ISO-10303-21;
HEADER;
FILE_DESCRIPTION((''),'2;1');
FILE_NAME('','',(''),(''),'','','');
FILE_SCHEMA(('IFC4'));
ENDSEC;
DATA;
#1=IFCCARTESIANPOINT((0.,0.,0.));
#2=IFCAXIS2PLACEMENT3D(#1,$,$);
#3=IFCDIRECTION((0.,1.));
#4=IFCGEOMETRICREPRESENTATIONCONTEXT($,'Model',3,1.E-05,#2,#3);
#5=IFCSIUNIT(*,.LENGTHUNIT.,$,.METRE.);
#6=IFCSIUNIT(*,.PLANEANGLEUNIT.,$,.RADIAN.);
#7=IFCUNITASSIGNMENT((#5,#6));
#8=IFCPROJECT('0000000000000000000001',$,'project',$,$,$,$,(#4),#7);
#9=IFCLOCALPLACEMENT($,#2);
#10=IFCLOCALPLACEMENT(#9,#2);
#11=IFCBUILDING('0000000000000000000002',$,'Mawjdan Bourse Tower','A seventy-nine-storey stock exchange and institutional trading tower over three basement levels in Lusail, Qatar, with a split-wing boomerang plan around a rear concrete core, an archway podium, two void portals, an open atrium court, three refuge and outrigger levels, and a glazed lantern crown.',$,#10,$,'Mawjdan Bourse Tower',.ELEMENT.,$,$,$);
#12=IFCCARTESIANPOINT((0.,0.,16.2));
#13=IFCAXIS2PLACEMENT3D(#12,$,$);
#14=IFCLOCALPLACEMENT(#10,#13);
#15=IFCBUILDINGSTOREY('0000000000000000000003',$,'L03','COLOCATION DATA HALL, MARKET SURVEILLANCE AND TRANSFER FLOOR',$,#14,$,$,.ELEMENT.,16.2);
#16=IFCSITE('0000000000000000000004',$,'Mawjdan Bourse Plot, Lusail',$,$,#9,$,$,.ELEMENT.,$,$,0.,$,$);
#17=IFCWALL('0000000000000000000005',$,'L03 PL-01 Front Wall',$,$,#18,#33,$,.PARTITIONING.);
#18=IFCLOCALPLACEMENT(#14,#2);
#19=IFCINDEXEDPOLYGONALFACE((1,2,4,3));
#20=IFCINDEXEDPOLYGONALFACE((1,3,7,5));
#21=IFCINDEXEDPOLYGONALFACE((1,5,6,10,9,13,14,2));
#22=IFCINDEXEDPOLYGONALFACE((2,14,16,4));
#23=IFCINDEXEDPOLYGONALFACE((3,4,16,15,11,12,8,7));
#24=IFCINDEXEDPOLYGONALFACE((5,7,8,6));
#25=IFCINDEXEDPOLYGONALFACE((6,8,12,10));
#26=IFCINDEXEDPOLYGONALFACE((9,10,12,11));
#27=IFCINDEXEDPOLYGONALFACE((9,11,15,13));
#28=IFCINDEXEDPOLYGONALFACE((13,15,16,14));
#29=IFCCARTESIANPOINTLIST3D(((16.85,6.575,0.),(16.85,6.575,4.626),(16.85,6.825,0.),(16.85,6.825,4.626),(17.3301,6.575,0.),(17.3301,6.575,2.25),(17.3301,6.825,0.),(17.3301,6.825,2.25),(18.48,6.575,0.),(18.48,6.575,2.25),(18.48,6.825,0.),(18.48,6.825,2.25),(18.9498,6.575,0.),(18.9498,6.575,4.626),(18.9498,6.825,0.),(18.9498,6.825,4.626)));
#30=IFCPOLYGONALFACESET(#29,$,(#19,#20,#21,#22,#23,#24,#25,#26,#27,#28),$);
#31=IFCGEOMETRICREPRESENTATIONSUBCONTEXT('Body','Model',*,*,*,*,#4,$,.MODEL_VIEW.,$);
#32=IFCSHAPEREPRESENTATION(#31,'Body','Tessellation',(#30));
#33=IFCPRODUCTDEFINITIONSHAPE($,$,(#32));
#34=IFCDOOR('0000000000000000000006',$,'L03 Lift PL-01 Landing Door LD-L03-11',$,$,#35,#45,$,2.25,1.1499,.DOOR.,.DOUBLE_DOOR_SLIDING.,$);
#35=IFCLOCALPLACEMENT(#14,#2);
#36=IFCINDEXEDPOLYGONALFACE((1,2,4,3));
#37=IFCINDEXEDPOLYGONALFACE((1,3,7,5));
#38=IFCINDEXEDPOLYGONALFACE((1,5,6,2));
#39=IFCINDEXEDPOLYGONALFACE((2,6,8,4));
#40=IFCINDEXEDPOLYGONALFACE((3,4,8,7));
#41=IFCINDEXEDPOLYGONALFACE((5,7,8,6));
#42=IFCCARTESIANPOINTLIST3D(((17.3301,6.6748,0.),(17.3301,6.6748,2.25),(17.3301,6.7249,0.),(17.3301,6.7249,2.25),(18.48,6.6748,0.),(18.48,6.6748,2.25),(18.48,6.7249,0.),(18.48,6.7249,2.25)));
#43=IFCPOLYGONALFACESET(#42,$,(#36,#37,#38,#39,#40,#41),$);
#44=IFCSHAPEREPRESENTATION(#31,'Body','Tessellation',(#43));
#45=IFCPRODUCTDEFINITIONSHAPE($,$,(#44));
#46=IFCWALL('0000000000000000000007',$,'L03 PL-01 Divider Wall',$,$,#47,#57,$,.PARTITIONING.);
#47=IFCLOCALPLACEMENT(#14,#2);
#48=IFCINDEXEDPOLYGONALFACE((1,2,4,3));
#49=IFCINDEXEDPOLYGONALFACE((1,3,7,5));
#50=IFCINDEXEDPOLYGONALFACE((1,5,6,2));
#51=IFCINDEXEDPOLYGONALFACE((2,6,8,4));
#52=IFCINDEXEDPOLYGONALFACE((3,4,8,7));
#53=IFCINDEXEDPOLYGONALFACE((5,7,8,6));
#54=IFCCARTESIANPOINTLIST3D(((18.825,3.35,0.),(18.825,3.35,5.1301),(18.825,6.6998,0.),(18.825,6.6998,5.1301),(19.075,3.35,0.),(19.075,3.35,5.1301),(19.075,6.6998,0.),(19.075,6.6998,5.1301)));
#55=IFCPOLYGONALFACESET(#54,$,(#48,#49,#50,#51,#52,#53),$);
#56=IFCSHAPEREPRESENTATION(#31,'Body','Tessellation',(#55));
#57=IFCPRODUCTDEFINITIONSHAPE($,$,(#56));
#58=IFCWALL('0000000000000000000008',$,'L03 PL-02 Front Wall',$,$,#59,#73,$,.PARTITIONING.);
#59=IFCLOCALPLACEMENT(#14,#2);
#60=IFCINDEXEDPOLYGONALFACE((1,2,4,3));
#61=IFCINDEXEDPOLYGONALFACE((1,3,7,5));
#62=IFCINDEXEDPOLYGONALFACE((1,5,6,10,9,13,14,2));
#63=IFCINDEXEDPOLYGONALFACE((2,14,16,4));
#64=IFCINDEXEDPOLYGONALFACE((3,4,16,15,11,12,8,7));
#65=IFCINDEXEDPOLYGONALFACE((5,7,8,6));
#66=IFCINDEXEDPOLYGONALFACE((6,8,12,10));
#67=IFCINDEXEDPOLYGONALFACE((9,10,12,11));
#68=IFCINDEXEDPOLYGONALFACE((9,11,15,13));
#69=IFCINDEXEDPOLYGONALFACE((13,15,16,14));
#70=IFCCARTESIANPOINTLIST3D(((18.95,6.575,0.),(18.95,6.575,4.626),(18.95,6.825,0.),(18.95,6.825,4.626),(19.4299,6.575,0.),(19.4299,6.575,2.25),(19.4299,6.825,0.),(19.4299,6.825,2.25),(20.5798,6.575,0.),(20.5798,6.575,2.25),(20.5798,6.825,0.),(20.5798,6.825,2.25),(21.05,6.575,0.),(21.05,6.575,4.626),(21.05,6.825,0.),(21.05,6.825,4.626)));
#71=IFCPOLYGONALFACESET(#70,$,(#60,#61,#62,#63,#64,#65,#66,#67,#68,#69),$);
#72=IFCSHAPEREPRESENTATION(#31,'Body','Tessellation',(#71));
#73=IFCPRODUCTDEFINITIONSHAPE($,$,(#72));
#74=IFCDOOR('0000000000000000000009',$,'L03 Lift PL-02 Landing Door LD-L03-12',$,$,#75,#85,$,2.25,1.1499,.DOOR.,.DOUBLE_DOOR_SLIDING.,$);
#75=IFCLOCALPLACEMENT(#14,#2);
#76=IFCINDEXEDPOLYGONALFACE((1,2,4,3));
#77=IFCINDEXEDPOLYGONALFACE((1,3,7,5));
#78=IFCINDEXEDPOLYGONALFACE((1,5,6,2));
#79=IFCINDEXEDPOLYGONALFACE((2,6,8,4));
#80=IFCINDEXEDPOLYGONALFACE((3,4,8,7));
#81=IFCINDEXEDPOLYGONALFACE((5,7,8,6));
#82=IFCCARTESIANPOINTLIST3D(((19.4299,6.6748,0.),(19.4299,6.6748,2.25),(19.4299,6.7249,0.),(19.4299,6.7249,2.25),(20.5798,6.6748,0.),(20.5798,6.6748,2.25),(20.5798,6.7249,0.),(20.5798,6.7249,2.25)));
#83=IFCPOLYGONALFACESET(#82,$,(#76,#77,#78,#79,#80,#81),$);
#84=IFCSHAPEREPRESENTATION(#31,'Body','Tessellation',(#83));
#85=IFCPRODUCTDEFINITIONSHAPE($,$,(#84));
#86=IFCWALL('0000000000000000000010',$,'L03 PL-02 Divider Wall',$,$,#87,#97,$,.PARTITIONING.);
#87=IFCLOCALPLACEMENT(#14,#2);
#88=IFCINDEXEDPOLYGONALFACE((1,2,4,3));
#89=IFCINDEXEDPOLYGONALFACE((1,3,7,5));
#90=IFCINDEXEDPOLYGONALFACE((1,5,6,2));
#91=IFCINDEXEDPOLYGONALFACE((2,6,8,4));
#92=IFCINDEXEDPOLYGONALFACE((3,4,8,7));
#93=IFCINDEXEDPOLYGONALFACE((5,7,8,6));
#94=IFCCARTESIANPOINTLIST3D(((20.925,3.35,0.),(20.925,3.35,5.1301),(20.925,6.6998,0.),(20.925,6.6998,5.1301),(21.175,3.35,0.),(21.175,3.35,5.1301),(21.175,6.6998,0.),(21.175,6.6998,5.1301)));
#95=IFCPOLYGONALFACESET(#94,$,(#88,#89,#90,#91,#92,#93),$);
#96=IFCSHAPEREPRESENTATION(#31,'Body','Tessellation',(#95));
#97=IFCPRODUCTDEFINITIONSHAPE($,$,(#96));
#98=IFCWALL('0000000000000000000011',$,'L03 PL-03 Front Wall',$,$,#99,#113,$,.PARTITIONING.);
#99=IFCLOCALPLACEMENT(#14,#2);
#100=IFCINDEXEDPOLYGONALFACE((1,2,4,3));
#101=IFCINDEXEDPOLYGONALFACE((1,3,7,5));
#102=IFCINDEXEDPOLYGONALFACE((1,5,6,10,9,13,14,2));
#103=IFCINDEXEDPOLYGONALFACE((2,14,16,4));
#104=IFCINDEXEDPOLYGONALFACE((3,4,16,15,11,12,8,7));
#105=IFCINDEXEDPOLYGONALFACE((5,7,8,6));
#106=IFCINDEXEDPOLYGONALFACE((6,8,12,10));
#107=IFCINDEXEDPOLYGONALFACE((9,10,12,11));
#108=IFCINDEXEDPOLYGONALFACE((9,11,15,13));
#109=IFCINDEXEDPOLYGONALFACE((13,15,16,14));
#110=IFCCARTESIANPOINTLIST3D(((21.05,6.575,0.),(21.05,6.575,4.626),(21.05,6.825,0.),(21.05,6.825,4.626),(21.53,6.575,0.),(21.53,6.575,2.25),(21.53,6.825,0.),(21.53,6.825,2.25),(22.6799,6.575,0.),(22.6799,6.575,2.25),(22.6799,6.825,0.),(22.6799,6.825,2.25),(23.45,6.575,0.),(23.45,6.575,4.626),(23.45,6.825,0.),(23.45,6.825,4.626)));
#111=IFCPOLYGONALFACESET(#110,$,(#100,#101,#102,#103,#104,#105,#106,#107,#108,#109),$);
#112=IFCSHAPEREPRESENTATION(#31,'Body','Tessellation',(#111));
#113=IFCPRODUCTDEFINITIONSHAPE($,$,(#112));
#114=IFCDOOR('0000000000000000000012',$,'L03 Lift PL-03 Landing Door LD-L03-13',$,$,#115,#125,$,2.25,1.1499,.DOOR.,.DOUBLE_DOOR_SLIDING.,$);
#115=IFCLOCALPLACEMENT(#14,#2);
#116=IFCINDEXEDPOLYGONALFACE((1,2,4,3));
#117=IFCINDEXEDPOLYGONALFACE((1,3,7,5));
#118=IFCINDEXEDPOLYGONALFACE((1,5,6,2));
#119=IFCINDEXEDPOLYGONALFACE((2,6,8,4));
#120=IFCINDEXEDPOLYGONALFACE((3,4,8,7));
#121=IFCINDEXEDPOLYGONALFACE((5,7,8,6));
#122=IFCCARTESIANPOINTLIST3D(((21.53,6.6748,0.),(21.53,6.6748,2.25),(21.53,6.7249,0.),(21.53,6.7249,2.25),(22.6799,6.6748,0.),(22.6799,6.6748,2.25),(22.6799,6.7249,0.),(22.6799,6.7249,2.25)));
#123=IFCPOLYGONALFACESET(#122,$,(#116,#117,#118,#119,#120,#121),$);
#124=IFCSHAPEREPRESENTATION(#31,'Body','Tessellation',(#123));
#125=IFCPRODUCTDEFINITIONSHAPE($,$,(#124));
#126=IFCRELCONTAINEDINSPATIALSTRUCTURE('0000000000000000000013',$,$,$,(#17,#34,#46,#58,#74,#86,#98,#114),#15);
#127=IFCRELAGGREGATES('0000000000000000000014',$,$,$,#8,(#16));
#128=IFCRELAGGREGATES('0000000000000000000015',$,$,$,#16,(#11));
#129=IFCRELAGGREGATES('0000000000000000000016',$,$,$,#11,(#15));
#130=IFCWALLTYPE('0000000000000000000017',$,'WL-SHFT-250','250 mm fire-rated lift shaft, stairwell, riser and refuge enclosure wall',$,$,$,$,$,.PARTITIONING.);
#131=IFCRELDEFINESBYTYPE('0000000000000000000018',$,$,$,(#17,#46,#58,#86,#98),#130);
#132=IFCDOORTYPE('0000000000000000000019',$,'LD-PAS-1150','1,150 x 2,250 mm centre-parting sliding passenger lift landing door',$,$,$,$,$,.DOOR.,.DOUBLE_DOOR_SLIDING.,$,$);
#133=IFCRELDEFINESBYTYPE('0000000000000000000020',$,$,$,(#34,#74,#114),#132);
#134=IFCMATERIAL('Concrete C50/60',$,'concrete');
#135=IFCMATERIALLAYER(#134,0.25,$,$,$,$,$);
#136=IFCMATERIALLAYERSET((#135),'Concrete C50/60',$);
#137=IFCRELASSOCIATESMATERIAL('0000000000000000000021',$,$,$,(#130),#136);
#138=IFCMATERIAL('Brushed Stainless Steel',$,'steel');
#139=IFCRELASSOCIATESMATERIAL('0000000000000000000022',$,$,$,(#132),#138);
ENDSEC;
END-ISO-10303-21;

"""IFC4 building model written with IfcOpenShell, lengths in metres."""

from ifc_helpers import new_model, si_unit, direction, frame, frame_2d, origin, place, context, subcontext, project, spatial, rectangle, extrude, material, layer, layer_set, type_object, element, fill, save


model = new_model("IFC4")

# Units and contexts
model_context = context("Model", 3, precision=1e-05, world=origin(), true_north=direction((0.0, 1.0)))
body_context = subcontext(model_context, "Body", "Model", "MODEL_VIEW")
ifc_project = project(units=[si_unit("LENGTHUNIT", "METRE"), si_unit("PLANEANGLEUNIT", "RADIAN")], contexts=[model_context])

# Site, building, storey
site_placement = place(None, origin())
site = spatial("IfcSite", under=ifc_project, at=site_placement, Name="Mawjdan Bourse Plot, Lusail", CompositionType="ELEMENT", RefElevation=0.0)
building_placement = place(site_placement, origin())
building = spatial("IfcBuilding", under=site, at=building_placement, Name="Mawjdan Bourse Tower", Description="A seventy-nine-storey stock exchange and institutional trading tower over three basement levels in Lusail, Qatar, with a split-wing boomerang plan around a rear concrete core, an archway podium, two void portals, an open atrium court, three refuge and outrigger levels, and a glazed lantern crown.", LongName="Mawjdan Bourse Tower", CompositionType="ELEMENT")
storey_placement = place(building_placement, frame((0.0, 0.0, 16.2)))
storey = spatial("IfcBuildingStorey", under=building, at=storey_placement, Name="L03", Description="COLOCATION DATA HALL, MARKET SURVEILLANCE AND TRANSFER FLOOR", CompositionType="ELEMENT", Elevation=16.2)

# Shared definitions
ifc_material_1 = material(Name="Concrete C50/60", Category="concrete")
ifc_layer_1 = layer(ifc_material_1, 0.25)
ifc_layer_set_1 = layer_set([ifc_layer_1], Name="Concrete C50/60")
wall_type_1 = type_object("IfcWallType", Name="WL-SHFT-250", Description="250 mm fire-rated lift shaft, stairwell, riser and refuge enclosure wall", PredefinedType="PARTITIONING", material=ifc_layer_set_1)

# Shared definitions
ifc_material_2 = material(Name="Brushed Stainless Steel", Category="steel")

# Shared definitions
door_type_1 = type_object("IfcDoorType", Name="LD-PAS-1150", Description="1,150 x 2,250 mm centre-parting sliding passenger lift landing door", OperationType="DOUBLE_DOOR_SLIDING", PredefinedType="DOOR", material=ifc_material_2)

# Wall, opening, door
wall_1_placement = place(storey_placement, frame((16.8501, 6.7, 0.0), z_axis=(0.0, 0.0, 1.0), x_axis=(1.0, 0.0, 0.0)))
wall_1 = element("IfcWall", 1, at=wall_1_placement, inside=storey, type_object=wall_type_1, Name="L03 PL-01 Front Wall", PredefinedType="PARTITIONING", context=body_context, shape_type="SweptSolid", body=[
    extrude(rectangle(XDim=2.0999, YDim=0.25, at=frame_2d((1.0498, 0.0))), origin(), (0.0, 0.0, 1.0), 4.626),
])
opening_1_placement = place(wall_1_placement, frame((0.48, 0.0, 0.0)))
opening_1 = element("IfcOpeningElement", 2, at=opening_1_placement, cuts=wall_1, PredefinedType="OPENING", context=body_context, shape_type="SweptSolid", body=[
    extrude(rectangle(XDim=1.1499, YDim=2.25, at=frame_2d((0.575, 1.125))), frame((0.0, 0.135, 0.0), z_axis=(0.0, -1.0, 0.0), x_axis=(1.0, 0.0, 0.0)), (0.0, 0.0, 1.0), 0.27),
])
door_1_placement = place(opening_1_placement, origin())
door_1 = element("IfcDoor", 3, at=door_1_placement, inside=storey, type_object=door_type_1, Name="L03 Lift PL-01 Landing Door LD-L03-11", OperationType="DOUBLE_DOOR_SLIDING", OverallHeight=2.25, OverallWidth=1.1499, PredefinedType="DOOR", context=body_context, shape_type="SweptSolid", body=[
    extrude(rectangle(XDim=1.1499, YDim=2.25, at=frame_2d((0.575, 1.125))), frame((0.0, 0.0249, 0.0), z_axis=(0.0, -1.0, 0.0), x_axis=(1.0, 0.0, 0.0)), (0.0, 0.0, 1.0), 0.05),
])
fill(opening_1, door_1)

# Wall
wall_2_placement = place(storey_placement, frame((18.95, 3.3501, 0.0), z_axis=(0.0, 0.0, 1.0), x_axis=(0.0, 1.0, 0.0)))
element("IfcWall", 4, at=wall_2_placement, inside=storey, type_object=wall_type_1, Name="L03 PL-01 Divider Wall", PredefinedType="PARTITIONING", context=body_context, shape_type="SweptSolid", body=[
    extrude(rectangle(XDim=3.3499, YDim=0.25, at=frame_2d((1.6748, 0.0))), origin(), (0.0, 0.0, 1.0), 5.1301),
])

# Wall, opening, door
wall_3_placement = place(storey_placement, frame((18.95, 6.7, 0.0), z_axis=(0.0, 0.0, 1.0), x_axis=(1.0, 0.0, 0.0)))
wall_3 = element("IfcWall", 5, at=wall_3_placement, inside=storey, type_object=wall_type_1, Name="L03 PL-02 Front Wall", PredefinedType="PARTITIONING", context=body_context, shape_type="SweptSolid", body=[
    extrude(rectangle(XDim=2.1001, YDim=0.25, at=frame_2d((1.05, 0.0))), origin(), (0.0, 0.0, 1.0), 4.626),
])
opening_2_placement = place(wall_3_placement, frame((0.48, 0.0, 0.0)))
opening_2 = element("IfcOpeningElement", 6, at=opening_2_placement, cuts=wall_3, PredefinedType="OPENING", context=body_context, shape_type="SweptSolid", body=[
    extrude(rectangle(XDim=1.1499, YDim=2.25, at=frame_2d((0.575, 1.125))), frame((0.0, 0.135, 0.0), z_axis=(0.0, -1.0, 0.0), x_axis=(1.0, 0.0, 0.0)), (0.0, 0.0, 1.0), 0.27),
])
door_2_placement = place(opening_2_placement, origin())
door_2 = element("IfcDoor", 7, at=door_2_placement, inside=storey, type_object=door_type_1, Name="L03 Lift PL-02 Landing Door LD-L03-12", OperationType="DOUBLE_DOOR_SLIDING", OverallHeight=2.25, OverallWidth=1.1499, PredefinedType="DOOR", context=body_context, shape_type="SweptSolid", body=[
    extrude(rectangle(XDim=1.1499, YDim=2.25, at=frame_2d((0.575, 1.125))), frame((0.0, 0.0249, 0.0), z_axis=(0.0, -1.0, 0.0), x_axis=(1.0, 0.0, 0.0)), (0.0, 0.0, 1.0), 0.05),
])
fill(opening_2, door_2)

# Wall
wall_4_placement = place(storey_placement, frame((21.05, 3.3501, 0.0), z_axis=(0.0, 0.0, 1.0), x_axis=(0.0, 1.0, 0.0)))
element("IfcWall", 8, at=wall_4_placement, inside=storey, type_object=wall_type_1, Name="L03 PL-02 Divider Wall", PredefinedType="PARTITIONING", context=body_context, shape_type="SweptSolid", body=[
    extrude(rectangle(XDim=3.3499, YDim=0.25, at=frame_2d((1.6748, 0.0))), origin(), (0.0, 0.0, 1.0), 5.1301),
])

# Wall, opening, door
wall_5_placement = place(storey_placement, frame((21.05, 6.7, 0.0), z_axis=(0.0, 0.0, 1.0), x_axis=(1.0, 0.0, 0.0)))
wall_5 = element("IfcWall", 9, at=wall_5_placement, inside=storey, type_object=wall_type_1, Name="L03 PL-03 Front Wall", PredefinedType="PARTITIONING", context=body_context, shape_type="SweptSolid", body=[
    extrude(rectangle(XDim=2.3999, YDim=0.25, at=frame_2d((1.2, 0.0))), origin(), (0.0, 0.0, 1.0), 4.626),
])
opening_3_placement = place(wall_5_placement, frame((0.48, 0.0, 0.0)))
opening_3 = element("IfcOpeningElement", 10, at=opening_3_placement, cuts=wall_5, PredefinedType="OPENING", context=body_context, shape_type="SweptSolid", body=[
    extrude(rectangle(XDim=1.1499, YDim=2.25, at=frame_2d((0.575, 1.125))), frame((0.0, 0.135, 0.0), z_axis=(0.0, -1.0, 0.0), x_axis=(1.0, 0.0, 0.0)), (0.0, 0.0, 1.0), 0.27),
])
door_3_placement = place(opening_3_placement, origin())
door_3 = element("IfcDoor", 11, at=door_3_placement, inside=storey, type_object=door_type_1, Name="L03 Lift PL-03 Landing Door LD-L03-13", OperationType="DOUBLE_DOOR_SLIDING", OverallHeight=2.25, OverallWidth=1.1499, PredefinedType="DOOR", context=body_context, shape_type="SweptSolid", body=[
    extrude(rectangle(XDim=1.1499, YDim=2.25, at=frame_2d((0.575, 1.125))), frame((0.0, 0.0249, 0.0), z_axis=(0.0, -1.0, 0.0), x_axis=(1.0, 0.0, 0.0)), (0.0, 0.0, 1.0), 0.05),
])
fill(opening_3, door_3)

save(model, "model.ifc")
